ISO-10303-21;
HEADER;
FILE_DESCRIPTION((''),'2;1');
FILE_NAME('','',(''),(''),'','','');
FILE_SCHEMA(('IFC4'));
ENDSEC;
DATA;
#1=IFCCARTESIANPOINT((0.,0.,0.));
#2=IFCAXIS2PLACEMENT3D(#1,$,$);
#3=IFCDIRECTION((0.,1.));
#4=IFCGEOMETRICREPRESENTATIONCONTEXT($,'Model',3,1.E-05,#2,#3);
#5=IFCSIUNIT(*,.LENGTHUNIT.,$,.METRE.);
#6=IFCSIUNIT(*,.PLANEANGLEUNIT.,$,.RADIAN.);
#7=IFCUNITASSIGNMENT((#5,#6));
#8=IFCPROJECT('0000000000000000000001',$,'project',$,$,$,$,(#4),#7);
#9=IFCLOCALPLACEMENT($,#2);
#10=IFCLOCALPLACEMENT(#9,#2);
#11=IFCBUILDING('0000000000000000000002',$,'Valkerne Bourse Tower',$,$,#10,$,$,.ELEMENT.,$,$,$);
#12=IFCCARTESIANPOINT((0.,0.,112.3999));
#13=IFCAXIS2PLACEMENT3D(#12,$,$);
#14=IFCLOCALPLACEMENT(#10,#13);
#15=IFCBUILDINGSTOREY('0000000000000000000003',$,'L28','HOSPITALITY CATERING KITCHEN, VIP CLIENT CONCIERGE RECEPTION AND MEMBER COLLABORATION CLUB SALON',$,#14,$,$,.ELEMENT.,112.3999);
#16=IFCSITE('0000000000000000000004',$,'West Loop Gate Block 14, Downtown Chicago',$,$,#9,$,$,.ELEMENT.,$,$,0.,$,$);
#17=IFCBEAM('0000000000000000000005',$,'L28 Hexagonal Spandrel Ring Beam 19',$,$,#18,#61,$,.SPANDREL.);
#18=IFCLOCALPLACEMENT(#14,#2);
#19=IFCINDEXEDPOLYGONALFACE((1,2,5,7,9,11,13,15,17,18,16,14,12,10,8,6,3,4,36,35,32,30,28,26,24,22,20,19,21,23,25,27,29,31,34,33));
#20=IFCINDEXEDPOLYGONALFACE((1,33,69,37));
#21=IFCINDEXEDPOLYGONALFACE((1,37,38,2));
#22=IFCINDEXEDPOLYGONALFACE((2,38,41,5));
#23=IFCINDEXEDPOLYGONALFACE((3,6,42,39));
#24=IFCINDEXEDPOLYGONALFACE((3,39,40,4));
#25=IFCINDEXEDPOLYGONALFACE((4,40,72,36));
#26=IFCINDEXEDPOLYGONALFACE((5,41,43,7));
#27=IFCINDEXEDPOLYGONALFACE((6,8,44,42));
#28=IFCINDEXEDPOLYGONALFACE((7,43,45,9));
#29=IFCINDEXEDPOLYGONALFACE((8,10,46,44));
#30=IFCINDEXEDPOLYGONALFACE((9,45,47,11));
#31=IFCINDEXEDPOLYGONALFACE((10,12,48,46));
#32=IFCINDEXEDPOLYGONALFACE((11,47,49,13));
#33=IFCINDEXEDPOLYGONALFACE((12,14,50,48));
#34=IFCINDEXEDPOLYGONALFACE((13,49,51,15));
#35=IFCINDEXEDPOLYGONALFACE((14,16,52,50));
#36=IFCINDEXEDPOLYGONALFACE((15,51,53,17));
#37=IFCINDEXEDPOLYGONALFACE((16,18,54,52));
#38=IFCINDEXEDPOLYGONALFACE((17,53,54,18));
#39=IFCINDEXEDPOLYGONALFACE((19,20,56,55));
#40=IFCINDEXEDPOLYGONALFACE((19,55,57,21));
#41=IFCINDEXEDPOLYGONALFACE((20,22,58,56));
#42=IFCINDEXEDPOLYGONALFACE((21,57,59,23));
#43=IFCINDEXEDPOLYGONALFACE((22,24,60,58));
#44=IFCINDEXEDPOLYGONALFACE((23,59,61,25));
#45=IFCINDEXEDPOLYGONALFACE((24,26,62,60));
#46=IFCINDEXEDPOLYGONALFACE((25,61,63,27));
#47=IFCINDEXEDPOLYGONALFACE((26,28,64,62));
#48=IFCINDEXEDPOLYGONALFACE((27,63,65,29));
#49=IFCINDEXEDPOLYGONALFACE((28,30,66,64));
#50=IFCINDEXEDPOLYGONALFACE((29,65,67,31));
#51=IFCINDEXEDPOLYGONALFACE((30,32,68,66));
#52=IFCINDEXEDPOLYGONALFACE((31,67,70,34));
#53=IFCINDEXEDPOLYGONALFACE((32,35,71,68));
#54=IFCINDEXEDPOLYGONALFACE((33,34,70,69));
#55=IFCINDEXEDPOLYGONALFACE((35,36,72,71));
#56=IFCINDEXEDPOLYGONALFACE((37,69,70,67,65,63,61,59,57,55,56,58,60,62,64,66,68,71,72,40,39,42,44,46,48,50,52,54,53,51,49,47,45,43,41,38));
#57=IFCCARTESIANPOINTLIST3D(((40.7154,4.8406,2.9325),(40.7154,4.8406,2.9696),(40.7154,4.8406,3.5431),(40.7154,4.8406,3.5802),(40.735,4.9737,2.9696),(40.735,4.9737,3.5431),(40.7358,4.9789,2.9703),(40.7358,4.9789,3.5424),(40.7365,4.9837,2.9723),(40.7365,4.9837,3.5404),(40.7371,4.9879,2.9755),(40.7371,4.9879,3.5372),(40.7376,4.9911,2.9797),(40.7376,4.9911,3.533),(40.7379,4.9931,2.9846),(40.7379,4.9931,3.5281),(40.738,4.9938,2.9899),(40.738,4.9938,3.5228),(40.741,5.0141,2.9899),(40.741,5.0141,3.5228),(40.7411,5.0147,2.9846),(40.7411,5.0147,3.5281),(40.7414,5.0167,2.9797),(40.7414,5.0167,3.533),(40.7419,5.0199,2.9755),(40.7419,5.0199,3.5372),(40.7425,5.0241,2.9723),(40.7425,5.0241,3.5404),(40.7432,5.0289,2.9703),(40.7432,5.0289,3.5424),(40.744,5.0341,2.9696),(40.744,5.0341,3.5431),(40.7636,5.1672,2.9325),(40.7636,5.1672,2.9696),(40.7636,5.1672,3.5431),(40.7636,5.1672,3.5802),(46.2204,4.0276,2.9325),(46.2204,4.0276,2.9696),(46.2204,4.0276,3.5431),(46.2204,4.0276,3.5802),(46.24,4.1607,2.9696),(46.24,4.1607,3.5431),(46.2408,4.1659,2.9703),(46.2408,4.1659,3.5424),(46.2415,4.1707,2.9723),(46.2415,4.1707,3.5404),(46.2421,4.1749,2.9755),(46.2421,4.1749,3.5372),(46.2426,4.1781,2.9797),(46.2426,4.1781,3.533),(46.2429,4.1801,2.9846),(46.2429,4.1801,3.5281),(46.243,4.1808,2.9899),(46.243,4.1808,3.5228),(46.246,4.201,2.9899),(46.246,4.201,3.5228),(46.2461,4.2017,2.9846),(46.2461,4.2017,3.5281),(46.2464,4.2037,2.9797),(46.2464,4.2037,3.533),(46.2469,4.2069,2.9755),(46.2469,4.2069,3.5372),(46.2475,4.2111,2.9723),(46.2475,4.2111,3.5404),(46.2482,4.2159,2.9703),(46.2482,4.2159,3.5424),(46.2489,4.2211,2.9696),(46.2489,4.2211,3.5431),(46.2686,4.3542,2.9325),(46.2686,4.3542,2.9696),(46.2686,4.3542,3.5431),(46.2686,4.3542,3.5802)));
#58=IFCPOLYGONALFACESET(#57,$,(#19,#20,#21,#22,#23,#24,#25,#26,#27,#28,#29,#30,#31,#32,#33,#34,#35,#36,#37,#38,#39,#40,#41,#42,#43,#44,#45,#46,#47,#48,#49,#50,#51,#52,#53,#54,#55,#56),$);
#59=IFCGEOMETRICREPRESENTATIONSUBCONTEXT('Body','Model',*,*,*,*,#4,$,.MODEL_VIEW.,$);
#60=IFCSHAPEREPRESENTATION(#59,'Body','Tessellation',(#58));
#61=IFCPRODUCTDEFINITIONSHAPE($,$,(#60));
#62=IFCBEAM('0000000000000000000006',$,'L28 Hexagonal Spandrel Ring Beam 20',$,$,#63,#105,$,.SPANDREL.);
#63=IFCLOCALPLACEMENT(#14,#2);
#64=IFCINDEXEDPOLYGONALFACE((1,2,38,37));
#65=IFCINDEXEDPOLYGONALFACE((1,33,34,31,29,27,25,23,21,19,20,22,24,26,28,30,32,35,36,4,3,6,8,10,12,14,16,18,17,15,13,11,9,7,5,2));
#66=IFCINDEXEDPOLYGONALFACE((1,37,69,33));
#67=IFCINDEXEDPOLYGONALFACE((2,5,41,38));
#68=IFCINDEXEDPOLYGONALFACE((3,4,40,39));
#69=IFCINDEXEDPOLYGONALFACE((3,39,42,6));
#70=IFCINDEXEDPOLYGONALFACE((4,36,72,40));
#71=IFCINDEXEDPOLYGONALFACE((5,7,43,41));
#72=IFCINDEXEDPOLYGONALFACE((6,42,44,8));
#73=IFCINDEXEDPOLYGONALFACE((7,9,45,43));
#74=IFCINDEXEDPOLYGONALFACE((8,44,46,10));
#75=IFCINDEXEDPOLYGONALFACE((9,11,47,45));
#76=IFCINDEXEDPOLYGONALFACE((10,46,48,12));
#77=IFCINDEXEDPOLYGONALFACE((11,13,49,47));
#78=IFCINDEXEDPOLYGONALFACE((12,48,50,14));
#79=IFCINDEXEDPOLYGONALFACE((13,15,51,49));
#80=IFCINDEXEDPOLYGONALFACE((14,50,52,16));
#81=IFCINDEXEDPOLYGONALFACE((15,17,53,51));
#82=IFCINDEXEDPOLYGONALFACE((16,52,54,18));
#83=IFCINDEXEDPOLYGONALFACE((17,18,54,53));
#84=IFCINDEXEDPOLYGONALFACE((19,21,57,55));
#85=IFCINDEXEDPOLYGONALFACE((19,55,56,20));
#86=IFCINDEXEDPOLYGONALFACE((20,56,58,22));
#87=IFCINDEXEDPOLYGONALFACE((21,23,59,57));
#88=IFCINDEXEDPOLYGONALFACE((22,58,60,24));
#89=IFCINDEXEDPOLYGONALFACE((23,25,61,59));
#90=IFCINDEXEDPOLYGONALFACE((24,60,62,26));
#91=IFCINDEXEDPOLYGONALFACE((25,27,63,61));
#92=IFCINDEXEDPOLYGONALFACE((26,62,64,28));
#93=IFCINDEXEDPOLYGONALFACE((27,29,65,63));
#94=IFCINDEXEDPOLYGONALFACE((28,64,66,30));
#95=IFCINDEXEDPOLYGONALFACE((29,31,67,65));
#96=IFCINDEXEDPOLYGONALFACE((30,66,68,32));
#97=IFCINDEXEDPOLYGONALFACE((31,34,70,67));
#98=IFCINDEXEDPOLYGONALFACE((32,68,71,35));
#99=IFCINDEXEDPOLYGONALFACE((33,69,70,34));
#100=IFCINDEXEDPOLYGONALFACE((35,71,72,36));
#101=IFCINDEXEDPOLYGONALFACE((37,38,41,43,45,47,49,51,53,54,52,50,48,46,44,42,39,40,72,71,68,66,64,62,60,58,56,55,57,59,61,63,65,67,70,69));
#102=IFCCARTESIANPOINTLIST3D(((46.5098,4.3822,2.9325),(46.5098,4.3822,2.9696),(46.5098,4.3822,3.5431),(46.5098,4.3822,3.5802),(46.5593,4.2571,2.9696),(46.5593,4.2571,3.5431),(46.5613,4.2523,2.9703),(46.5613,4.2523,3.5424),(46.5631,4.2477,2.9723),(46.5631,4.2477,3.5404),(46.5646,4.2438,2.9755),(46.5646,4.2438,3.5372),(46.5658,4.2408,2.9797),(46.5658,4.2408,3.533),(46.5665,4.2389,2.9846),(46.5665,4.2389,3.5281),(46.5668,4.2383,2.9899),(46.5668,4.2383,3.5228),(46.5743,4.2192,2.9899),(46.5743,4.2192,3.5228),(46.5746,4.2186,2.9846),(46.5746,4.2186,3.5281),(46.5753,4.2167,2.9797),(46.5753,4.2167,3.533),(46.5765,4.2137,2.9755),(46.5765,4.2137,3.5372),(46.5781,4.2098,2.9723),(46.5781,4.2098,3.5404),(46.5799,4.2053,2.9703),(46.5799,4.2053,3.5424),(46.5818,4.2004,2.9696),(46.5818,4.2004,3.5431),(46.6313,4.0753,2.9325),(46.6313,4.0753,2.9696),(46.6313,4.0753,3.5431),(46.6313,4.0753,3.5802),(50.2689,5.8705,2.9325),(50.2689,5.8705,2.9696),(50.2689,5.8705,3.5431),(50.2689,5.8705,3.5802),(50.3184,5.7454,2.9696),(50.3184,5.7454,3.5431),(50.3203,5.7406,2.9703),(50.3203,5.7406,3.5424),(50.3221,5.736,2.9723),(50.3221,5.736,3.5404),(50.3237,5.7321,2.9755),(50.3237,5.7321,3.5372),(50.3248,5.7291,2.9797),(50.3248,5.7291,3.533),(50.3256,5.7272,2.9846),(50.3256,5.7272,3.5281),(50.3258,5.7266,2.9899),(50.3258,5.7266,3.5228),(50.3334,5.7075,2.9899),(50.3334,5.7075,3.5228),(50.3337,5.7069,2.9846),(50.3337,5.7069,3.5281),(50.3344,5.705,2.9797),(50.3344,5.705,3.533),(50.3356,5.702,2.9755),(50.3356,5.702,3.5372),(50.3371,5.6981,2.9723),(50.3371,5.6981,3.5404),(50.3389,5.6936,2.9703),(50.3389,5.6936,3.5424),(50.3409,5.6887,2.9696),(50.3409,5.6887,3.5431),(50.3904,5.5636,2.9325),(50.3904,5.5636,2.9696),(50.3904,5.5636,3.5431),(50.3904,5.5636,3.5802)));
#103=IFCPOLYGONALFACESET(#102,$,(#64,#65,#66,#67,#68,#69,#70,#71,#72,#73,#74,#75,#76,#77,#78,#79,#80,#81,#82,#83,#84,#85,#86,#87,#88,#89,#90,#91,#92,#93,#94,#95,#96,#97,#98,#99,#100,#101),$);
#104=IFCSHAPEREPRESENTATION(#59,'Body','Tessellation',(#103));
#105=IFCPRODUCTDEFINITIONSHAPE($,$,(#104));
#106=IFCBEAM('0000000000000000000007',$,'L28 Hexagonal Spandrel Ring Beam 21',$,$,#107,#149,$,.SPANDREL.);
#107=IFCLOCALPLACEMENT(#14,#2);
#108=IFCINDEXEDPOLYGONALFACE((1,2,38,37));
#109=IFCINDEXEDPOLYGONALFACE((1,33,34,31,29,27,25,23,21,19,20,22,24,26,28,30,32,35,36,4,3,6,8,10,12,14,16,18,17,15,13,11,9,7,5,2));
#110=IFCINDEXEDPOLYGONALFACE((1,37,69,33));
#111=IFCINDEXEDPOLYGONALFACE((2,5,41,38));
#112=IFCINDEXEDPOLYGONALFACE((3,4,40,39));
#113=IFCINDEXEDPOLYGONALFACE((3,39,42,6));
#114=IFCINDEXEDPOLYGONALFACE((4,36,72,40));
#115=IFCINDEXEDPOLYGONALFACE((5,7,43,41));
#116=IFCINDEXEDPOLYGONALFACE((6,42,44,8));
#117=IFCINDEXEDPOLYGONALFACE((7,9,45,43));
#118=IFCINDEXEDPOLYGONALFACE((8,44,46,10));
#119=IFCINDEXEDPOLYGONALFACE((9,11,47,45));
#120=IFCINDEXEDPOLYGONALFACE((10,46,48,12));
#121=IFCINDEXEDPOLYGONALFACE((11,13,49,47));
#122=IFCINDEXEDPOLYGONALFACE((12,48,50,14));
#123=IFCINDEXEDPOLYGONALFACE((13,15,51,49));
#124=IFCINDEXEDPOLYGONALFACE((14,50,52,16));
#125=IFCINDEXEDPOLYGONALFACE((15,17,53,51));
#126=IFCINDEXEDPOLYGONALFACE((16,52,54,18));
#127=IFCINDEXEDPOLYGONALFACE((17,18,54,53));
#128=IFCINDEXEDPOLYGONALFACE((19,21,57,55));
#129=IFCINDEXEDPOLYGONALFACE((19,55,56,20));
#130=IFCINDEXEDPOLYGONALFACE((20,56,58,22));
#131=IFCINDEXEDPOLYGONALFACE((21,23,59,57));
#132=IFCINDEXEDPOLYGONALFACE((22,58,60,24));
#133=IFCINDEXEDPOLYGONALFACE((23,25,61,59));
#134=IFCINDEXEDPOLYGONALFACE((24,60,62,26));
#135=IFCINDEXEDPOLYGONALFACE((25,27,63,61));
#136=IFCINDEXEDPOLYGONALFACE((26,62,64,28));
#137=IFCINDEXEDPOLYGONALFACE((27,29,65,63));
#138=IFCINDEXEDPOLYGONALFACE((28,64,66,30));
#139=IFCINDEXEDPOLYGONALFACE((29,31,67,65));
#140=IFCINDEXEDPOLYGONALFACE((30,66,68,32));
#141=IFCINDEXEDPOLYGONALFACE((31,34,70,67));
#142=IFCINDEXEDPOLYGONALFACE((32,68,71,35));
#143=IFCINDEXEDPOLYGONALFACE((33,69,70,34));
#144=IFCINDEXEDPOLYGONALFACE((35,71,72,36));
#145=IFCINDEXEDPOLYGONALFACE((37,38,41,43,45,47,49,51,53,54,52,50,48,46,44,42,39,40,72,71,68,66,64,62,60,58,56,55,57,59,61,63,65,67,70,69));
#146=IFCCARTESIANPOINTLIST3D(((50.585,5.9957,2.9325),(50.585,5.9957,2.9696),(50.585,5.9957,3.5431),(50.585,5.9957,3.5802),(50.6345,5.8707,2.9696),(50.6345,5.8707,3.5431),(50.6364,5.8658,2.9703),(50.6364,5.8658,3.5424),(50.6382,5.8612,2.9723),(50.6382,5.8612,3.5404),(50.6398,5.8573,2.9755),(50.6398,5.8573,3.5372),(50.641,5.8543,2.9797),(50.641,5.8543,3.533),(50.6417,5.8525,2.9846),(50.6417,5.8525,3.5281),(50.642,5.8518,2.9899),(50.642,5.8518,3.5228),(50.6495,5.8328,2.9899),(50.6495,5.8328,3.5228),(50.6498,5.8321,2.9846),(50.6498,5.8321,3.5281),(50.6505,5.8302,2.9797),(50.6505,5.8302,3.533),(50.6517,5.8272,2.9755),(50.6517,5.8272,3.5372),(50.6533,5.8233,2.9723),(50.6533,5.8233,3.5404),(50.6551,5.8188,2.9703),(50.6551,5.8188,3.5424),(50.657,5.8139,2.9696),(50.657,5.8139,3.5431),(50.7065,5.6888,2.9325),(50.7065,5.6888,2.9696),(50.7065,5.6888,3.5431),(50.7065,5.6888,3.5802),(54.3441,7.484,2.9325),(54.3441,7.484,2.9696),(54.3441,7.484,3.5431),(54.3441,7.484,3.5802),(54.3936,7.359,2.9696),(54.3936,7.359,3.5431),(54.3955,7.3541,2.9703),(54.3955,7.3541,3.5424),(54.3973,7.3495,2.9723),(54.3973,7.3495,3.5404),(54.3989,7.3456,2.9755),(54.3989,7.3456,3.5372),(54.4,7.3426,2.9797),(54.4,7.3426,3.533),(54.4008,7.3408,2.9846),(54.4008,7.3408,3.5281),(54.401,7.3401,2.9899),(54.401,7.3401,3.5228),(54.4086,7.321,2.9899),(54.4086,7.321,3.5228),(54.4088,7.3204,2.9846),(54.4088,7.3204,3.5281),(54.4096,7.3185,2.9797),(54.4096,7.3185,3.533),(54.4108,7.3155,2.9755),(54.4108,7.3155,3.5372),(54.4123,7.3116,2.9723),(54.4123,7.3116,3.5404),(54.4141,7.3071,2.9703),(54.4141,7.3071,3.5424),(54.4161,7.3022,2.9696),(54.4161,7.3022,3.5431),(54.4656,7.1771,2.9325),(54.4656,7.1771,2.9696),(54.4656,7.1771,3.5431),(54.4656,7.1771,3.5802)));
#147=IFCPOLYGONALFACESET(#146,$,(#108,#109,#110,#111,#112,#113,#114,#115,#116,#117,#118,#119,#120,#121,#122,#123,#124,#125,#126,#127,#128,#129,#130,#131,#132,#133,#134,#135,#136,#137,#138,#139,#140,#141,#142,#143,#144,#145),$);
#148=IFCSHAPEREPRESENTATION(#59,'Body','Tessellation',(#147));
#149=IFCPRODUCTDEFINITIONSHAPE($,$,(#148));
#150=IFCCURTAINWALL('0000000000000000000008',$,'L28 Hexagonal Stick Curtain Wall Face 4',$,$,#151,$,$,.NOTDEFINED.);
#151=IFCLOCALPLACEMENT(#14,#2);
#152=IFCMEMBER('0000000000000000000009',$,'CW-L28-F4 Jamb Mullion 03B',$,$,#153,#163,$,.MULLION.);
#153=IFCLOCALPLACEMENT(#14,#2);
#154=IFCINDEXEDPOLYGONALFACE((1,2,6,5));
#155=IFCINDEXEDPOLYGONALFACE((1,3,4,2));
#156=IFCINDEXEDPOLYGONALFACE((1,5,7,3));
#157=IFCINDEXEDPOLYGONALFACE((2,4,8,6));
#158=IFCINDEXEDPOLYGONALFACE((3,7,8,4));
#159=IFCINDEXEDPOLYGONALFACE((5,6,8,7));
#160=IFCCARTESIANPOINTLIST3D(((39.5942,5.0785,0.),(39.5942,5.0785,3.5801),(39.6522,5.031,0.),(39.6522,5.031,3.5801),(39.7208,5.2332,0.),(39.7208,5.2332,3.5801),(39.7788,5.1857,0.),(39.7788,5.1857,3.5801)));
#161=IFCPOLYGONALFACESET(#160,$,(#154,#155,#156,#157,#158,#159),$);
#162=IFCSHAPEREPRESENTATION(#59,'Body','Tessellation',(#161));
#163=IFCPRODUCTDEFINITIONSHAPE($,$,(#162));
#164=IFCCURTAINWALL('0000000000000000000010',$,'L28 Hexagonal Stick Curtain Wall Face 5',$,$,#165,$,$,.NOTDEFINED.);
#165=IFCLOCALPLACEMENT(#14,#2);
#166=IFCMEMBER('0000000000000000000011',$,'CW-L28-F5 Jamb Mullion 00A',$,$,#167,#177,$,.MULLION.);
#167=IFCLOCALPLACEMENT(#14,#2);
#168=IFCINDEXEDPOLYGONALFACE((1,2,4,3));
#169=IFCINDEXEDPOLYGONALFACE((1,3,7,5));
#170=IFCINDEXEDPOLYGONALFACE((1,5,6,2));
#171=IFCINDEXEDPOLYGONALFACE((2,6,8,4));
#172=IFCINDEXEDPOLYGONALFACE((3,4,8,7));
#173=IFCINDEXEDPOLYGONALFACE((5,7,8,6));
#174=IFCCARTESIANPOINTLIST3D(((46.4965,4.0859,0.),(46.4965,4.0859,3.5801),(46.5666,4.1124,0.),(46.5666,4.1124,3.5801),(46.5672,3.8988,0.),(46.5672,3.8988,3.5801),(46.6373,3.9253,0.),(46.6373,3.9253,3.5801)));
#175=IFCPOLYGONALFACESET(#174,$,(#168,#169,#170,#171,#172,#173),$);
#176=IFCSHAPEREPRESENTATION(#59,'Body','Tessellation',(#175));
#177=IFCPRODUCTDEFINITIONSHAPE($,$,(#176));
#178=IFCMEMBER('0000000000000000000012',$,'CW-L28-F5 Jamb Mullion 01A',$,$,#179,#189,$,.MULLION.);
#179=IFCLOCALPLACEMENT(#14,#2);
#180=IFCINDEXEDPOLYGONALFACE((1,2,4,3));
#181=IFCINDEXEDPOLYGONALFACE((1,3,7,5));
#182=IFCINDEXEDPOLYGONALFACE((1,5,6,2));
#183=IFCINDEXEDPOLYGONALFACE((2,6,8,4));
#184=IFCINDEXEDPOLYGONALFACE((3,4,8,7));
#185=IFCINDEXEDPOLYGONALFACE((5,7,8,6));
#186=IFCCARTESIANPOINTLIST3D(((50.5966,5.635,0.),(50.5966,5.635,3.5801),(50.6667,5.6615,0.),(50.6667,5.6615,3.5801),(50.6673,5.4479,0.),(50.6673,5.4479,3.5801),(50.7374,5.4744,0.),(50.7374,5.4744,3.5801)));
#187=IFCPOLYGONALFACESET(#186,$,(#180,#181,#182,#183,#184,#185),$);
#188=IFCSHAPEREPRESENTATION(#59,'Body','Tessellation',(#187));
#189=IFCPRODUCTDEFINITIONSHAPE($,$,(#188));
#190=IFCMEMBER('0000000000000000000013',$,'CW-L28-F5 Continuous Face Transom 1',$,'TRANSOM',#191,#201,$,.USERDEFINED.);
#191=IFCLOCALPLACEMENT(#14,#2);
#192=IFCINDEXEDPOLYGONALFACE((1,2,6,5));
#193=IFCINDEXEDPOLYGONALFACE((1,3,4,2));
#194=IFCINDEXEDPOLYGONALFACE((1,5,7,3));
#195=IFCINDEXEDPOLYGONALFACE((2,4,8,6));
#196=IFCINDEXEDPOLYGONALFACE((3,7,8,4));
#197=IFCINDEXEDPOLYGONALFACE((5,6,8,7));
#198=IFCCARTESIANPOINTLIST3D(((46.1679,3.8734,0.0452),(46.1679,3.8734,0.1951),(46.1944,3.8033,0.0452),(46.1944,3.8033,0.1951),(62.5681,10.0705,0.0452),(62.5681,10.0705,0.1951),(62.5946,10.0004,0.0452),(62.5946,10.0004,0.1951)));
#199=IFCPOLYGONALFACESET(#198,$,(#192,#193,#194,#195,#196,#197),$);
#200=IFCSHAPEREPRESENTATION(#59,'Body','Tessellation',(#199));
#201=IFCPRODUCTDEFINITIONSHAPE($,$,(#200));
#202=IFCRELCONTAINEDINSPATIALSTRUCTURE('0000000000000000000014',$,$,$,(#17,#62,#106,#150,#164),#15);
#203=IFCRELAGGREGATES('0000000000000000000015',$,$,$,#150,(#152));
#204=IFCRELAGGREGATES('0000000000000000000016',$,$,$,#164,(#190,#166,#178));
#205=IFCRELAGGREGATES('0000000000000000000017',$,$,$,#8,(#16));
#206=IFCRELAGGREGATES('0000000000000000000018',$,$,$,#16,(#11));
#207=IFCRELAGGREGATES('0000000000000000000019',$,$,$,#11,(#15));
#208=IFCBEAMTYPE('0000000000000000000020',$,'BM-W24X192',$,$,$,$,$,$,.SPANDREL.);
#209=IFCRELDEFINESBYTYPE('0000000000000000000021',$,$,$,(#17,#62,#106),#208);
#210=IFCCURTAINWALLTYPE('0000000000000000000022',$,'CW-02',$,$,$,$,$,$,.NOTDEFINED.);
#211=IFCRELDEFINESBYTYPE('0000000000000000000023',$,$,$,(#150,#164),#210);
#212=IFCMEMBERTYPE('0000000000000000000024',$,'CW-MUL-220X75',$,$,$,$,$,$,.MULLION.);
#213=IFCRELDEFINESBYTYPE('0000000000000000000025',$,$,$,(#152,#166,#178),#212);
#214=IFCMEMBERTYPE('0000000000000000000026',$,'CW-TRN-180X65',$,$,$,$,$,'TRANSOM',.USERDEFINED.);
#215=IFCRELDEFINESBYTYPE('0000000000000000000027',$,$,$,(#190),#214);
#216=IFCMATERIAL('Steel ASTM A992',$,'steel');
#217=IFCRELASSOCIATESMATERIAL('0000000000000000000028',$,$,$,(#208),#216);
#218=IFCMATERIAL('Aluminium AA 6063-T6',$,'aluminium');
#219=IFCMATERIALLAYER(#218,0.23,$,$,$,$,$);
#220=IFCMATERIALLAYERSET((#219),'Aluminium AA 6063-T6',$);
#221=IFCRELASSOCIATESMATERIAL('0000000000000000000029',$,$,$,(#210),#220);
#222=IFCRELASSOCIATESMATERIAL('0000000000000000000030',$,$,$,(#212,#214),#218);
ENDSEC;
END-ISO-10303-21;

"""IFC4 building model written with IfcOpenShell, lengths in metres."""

from ifc_helpers import new_model, si_unit, direction, frame, origin, origin_2d, place, context, subcontext, project, spatial, rectangle, i_section, extrude, material, layer, layer_set, material_profile, profile_set, type_object, element, aggregate, save


model = new_model("IFC4")

# Units and contexts
model_context = context("Model", 3, precision=1e-05, world=origin(), true_north=direction((0.0, 1.0)))
body_context = subcontext(model_context, "Body", "Model", "MODEL_VIEW")
ifc_project = project(units=[si_unit("LENGTHUNIT", "METRE"), si_unit("PLANEANGLEUNIT", "RADIAN")], contexts=[model_context])

# Site, building, storey
site_placement = place(None, origin())
site = spatial("IfcSite", under=ifc_project, at=site_placement, Name="West Loop Gate Block 14, Downtown Chicago", CompositionType="ELEMENT", RefElevation=0.0)
building_placement = place(site_placement, origin())
building = spatial("IfcBuilding", under=site, at=building_placement, Name="Valkerne Bourse Tower", CompositionType="ELEMENT")
storey_placement = place(building_placement, frame((0.0, 0.0, 112.3999)))
storey = spatial("IfcBuildingStorey", under=building, at=storey_placement, Name="L28", Description="HOSPITALITY CATERING KITCHEN, VIP CLIENT CONCIERGE RECEPTION AND MEMBER COLLABORATION CLUB SALON", CompositionType="ELEMENT", Elevation=112.3999)

# Beams
ifc_material_1 = material(Name="Steel ASTM A992", Category="steel")
ifc_material_profile_1 = material_profile(ifc_material_1, i_section(OverallWidth=0.3301, OverallDepth=0.6477, WebThickness=0.0205, FlangeThickness=0.0371, FilletRadius=0.0203, at=origin_2d()), Name="W24X192")
ifc_profile_set_1 = profile_set([ifc_material_profile_1], Name="Steel ASTM A992")
beam_type_1 = type_object("IfcBeamType", Name="BM-W24X192", PredefinedType="SPANDREL", material=ifc_profile_set_1)
beam_1_placement = place(storey_placement, frame((40.7395, 5.0039, 3.2563), z_axis=(0.98927, -0.1461, 0.0), x_axis=(0.1461, 0.98927, 0.0)))
element("IfcBeam", 1, at=beam_1_placement, inside=storey, type_object=beam_type_1, Name="L28 Hexagonal Spandrel Ring Beam 19", PredefinedType="SPANDREL", context=body_context, shape_type="SweptSolid", body=[
    extrude(i_section(OverallWidth=0.3301, OverallDepth=0.6477, WebThickness=0.0205, FlangeThickness=0.0371, FilletRadius=0.0203, at=origin_2d()), origin(), (0.0, 0.0, 1.0), 5.5647),
])
for number, where, z_axis, x_axis, name in (
    (2, (46.5706, 4.2288, 3.2563), (0.929779, 0.368119, 0.0), (-0.368119, 0.929779, 0.0), "L28 Hexagonal Spandrel Ring Beam 20"),
    (3, (50.6458, 5.8423, 3.2563), (0.929779, 0.368119, 0.0), (-0.368119, 0.929779, 0.0), "L28 Hexagonal Spandrel Ring Beam 21"),
):
    element("IfcBeam", number, at=place(storey_placement, frame(where, z_axis=z_axis, x_axis=x_axis)), inside=storey, type_object=beam_type_1, Name=name, PredefinedType="SPANDREL", context=body_context, shape_type="SweptSolid", body=[
        extrude(i_section(OverallWidth=0.3301, OverallDepth=0.6477, WebThickness=0.0205, FlangeThickness=0.0371, FilletRadius=0.0203, at=origin_2d()), origin(), (0.0, 0.0, 1.0), 4.043),
    ])

# Curtain wall, member
ifc_material_2 = material(Name="Aluminium AA 6063-T6", Category="aluminium")
ifc_layer_1 = layer(ifc_material_2, 0.23)
ifc_layer_set_1 = layer_set([ifc_layer_1], Name="Aluminium AA 6063-T6")
curtain_wall_type = type_object("IfcCurtainWallType", Name="CW-02", PredefinedType="NOTDEFINED", material=ifc_layer_set_1)
curtain_wall_1_placement = place(storey_placement, origin())
curtain_wall_1 = element("IfcCurtainWall", 4, at=curtain_wall_1_placement, inside=storey, type_object=curtain_wall_type, Name="L28 Hexagonal Stick Curtain Wall Face 4", PredefinedType="NOTDEFINED")
ifc_material_profile_2 = material_profile(ifc_material_2, rectangle(XDim=0.075, YDim=0.2, at=origin_2d()), Name="CWM-75X200")
ifc_profile_set_2 = profile_set([ifc_material_profile_2], Name="Aluminium AA 6063-T6")
member_type_1 = type_object("IfcMemberType", Name="CW-MUL-220X75", PredefinedType="MULLION", material=ifc_profile_set_2)
member_1_placement = place(storey_placement, frame((39.6865, 5.1321, 0.0), z_axis=(0.0, 0.0, 1.0), x_axis=(0.773837, -0.633384, 0.0)))
member_1 = element("IfcMember", 5, at=member_1_placement, type_object=member_type_1, Name="CW-L28-F4 Jamb Mullion 03B", PredefinedType="MULLION", context=body_context, shape_type="SweptSolid", body=[
    extrude(rectangle(XDim=0.075, YDim=0.2, at=origin_2d()), origin(), (0.0, 0.0, 1.0), 3.5801),
])

# Curtain wall, members
curtain_wall_2_placement = place(storey_placement, origin())
curtain_wall_2 = element("IfcCurtainWall", 6, at=curtain_wall_2_placement, inside=storey, type_object=curtain_wall_type, Name="L28 Hexagonal Stick Curtain Wall Face 5", PredefinedType="NOTDEFINED")
member_2_placement = place(storey_placement, frame((46.5669, 4.0056, 0.0), z_axis=(0.0, 0.0, 1.0), x_axis=(0.935449, 0.353463, 0.0)))
member_2 = element("IfcMember", 7, at=member_2_placement, type_object=member_type_1, Name="CW-L28-F5 Jamb Mullion 00A", PredefinedType="MULLION", context=body_context, shape_type="SweptSolid", body=[
    extrude(rectangle(XDim=0.075, YDim=0.2, at=origin_2d()), origin(), (0.0, 0.0, 1.0), 3.5801),
])
member_3_placement = place(storey_placement, frame((50.667, 5.5547, 0.0), z_axis=(0.0, 0.0, 1.0), x_axis=(0.935444, 0.353475, 0.0)))
member_3 = element("IfcMember", 8, at=member_3_placement, type_object=member_type_1, Name="CW-L28-F5 Jamb Mullion 01A", PredefinedType="MULLION", context=body_context, shape_type="SweptSolid", body=[
    extrude(rectangle(XDim=0.075, YDim=0.2, at=origin_2d()), origin(), (0.0, 0.0, 1.0), 3.5801),
])
ifc_material_profile_3 = material_profile(ifc_material_2, rectangle(XDim=0.075, YDim=0.1499, at=origin_2d()), Name="CWT-75X150")
ifc_profile_set_3 = profile_set([ifc_material_profile_3], Name="Aluminium AA 6063-T6")
member_type_2 = type_object("IfcMemberType", Name="CW-TRN-180X65", ElementType="TRANSOM", PredefinedType="USERDEFINED", material=ifc_profile_set_3)
member_4_placement = place(storey_placement, frame((46.1812, 3.8384, 0.1201), z_axis=(0.935445, 0.353471, 0.0), x_axis=(-0.353471, 0.935445, 0.0)))
member_4 = element("IfcMember", 9, at=member_4_placement, type_object=member_type_2, Name="CW-L28-F5 Continuous Face Transom 1", ObjectType="TRANSOM", PredefinedType="USERDEFINED", context=body_context, shape_type="SweptSolid", body=[
    extrude(rectangle(XDim=0.075, YDim=0.1499, at=origin_2d()), origin(), (0.0, 0.0, 1.0), 17.532),
])

aggregate(curtain_wall_1, [member_1])
aggregate(curtain_wall_2, [member_4, member_2, member_3])

save(model, "model.ifc")
